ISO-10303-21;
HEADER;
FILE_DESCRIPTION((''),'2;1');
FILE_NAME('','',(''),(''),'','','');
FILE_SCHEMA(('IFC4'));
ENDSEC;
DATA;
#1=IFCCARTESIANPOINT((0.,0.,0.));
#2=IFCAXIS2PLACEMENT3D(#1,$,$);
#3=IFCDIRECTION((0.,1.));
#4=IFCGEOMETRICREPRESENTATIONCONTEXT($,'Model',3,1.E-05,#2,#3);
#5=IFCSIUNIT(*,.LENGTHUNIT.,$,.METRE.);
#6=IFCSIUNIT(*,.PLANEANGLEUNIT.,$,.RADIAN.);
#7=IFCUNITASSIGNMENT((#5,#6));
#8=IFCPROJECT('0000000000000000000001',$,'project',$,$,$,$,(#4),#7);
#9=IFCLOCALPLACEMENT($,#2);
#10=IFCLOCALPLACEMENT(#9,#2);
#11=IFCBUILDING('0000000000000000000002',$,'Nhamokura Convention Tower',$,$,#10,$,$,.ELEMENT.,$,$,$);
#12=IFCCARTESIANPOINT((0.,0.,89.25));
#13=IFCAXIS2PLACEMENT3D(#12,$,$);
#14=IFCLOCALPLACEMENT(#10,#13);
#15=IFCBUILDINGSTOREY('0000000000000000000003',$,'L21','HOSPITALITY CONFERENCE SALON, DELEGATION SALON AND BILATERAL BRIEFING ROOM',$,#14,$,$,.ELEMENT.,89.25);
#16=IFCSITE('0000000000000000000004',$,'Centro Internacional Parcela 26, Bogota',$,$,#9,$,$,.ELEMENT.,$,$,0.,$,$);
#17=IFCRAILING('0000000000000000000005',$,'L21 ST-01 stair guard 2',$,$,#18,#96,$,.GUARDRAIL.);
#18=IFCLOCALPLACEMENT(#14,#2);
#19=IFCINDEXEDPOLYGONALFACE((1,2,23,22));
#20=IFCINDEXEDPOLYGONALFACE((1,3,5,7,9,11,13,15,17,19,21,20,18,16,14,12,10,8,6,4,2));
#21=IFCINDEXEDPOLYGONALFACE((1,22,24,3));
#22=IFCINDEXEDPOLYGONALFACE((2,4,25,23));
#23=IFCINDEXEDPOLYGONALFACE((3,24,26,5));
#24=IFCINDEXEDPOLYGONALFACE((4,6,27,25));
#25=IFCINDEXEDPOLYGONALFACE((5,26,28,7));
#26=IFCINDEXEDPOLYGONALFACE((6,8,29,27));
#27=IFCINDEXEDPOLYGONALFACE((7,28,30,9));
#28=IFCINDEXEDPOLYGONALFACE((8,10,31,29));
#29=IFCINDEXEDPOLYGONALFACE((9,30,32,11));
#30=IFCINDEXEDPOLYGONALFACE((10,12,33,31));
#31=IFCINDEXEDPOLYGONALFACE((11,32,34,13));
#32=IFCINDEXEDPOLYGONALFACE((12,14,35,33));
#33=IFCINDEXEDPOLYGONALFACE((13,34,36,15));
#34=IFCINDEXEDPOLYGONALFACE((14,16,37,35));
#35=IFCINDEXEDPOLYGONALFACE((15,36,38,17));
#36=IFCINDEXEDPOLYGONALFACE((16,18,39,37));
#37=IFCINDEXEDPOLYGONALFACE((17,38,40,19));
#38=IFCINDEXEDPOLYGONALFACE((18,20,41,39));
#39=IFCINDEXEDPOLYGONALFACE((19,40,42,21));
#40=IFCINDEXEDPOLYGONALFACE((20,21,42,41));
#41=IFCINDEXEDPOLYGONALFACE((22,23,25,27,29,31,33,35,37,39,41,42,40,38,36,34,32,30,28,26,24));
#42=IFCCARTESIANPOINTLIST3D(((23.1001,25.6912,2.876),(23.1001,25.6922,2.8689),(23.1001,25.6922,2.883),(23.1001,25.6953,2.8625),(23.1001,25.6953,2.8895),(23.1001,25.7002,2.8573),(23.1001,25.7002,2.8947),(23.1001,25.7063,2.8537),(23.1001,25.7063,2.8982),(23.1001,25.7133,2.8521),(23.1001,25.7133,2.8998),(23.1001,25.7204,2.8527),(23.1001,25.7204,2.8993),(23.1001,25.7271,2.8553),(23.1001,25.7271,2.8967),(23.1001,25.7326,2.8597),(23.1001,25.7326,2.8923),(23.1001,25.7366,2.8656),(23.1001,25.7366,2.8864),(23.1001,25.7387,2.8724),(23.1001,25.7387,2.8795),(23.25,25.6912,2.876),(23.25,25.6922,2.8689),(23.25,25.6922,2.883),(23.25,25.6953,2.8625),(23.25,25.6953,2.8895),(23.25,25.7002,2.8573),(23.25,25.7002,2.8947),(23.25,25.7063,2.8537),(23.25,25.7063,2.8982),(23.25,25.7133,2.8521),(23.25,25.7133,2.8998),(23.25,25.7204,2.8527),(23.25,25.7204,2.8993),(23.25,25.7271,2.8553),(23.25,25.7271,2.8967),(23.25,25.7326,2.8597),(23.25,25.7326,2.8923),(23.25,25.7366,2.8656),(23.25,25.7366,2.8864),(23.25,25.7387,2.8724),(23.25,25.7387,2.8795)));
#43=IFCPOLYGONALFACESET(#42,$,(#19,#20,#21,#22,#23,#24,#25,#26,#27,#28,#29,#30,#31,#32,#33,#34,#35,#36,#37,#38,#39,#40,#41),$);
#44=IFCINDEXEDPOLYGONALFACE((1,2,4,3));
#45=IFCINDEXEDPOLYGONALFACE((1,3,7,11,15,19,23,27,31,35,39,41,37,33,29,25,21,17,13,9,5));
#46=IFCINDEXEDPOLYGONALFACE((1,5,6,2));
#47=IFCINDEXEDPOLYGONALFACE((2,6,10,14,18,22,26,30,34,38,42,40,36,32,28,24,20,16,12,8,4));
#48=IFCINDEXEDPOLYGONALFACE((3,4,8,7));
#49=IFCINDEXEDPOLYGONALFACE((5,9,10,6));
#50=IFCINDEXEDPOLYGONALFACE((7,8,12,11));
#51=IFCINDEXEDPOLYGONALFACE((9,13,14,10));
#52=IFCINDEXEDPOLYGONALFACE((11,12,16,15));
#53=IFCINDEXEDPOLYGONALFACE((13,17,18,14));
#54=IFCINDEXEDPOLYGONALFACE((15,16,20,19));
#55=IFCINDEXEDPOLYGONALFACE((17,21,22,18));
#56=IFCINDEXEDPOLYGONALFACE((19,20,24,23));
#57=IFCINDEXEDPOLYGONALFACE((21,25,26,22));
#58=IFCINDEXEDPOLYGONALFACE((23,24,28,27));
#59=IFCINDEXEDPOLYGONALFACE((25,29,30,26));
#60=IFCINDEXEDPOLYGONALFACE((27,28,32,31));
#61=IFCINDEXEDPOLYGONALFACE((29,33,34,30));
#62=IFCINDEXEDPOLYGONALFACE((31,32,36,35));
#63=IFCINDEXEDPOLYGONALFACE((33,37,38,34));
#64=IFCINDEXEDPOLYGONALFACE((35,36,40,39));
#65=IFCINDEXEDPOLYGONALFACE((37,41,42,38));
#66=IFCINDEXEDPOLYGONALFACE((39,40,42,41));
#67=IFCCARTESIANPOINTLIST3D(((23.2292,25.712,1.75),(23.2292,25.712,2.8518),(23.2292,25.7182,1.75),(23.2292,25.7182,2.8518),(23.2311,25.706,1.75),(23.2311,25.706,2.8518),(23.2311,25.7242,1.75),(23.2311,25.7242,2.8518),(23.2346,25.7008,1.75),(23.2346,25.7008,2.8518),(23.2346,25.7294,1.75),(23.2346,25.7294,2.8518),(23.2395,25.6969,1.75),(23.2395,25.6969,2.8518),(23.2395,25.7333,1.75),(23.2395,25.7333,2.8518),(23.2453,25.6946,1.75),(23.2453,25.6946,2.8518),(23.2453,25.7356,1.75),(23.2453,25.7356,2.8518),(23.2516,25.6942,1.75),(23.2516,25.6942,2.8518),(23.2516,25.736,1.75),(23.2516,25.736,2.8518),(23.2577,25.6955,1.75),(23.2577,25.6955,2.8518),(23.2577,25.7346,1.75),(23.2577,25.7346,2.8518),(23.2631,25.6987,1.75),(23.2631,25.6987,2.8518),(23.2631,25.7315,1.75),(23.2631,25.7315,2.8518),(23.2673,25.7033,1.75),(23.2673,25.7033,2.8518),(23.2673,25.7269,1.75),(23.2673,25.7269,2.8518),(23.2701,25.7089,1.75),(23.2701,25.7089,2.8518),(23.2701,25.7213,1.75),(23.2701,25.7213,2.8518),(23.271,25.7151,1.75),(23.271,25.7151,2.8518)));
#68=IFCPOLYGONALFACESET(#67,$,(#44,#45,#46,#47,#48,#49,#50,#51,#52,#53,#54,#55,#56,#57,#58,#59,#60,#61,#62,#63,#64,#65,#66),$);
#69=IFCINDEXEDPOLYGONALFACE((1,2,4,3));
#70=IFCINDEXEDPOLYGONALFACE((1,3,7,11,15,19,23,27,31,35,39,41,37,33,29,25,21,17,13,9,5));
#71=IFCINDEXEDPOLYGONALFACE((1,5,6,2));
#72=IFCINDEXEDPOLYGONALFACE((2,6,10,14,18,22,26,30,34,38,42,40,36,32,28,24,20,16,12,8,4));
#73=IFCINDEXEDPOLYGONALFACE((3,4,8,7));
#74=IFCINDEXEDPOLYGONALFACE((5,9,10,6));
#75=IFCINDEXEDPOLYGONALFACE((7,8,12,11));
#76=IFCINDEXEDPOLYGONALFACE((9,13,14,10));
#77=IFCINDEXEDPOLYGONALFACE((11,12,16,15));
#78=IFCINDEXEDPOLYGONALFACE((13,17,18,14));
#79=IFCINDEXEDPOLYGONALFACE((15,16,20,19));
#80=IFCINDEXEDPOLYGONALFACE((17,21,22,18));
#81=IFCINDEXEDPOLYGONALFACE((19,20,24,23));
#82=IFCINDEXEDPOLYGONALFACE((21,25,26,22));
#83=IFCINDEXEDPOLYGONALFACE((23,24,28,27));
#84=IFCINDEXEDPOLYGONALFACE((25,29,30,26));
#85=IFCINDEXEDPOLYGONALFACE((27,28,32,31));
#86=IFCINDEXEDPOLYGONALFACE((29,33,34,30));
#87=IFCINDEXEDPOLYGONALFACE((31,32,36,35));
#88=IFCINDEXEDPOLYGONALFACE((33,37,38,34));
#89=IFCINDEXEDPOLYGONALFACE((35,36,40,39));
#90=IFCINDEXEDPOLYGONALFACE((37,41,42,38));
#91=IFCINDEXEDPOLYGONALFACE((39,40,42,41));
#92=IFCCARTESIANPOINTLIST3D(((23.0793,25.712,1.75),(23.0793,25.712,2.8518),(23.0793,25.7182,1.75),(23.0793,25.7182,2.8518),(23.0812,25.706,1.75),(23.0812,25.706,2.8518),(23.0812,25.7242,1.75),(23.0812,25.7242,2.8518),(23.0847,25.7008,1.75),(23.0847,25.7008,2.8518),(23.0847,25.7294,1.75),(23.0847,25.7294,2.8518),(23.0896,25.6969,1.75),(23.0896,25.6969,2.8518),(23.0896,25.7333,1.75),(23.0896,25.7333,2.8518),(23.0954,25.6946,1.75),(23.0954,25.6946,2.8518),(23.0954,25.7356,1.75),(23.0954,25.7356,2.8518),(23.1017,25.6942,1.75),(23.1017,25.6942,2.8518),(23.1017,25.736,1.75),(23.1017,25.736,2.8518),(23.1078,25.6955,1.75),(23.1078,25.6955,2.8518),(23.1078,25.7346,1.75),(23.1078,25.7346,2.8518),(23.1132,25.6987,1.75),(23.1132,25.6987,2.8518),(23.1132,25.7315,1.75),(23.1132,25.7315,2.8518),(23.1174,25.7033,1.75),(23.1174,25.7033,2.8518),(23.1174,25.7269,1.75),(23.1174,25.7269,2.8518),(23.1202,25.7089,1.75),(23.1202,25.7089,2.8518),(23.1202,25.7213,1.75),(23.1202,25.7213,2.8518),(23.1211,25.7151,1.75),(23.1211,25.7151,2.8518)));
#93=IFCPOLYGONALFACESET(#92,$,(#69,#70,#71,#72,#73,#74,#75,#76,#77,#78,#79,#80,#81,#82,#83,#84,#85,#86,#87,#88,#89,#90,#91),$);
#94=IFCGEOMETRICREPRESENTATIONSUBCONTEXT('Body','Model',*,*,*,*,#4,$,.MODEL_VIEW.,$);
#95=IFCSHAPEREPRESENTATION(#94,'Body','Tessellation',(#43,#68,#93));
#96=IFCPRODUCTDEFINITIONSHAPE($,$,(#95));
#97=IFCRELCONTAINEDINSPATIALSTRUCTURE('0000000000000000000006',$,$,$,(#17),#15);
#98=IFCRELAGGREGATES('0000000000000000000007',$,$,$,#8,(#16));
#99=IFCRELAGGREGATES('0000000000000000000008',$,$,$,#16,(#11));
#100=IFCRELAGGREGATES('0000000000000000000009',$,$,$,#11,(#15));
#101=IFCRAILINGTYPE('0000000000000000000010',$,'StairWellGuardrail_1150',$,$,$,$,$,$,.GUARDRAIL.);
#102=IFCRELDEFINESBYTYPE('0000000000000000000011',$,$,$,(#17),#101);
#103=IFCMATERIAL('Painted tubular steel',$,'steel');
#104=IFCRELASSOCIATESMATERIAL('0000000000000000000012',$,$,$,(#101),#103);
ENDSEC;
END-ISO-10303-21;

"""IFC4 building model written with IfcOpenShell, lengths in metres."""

from ifc_helpers import new_model, si_unit, direction, frame, origin, origin_2d, place, context, subcontext, project, spatial, circle, extrude, material, type_object, element, save


model = new_model("IFC4")

# Units and contexts
model_context = context("Model", 3, precision=1e-05, world=origin(), true_north=direction((0.0, 1.0)))
body_context = subcontext(model_context, "Body", "Model", "MODEL_VIEW")
ifc_project = project(units=[si_unit("LENGTHUNIT", "METRE"), si_unit("PLANEANGLEUNIT", "RADIAN")], contexts=[model_context])

# Site, building, storey
site_placement = place(None, origin())
site = spatial("IfcSite", under=ifc_project, at=site_placement, Name="Centro Internacional Parcela 26, Bogota", CompositionType="ELEMENT", RefElevation=0.0)
building_placement = place(site_placement, origin())
building = spatial("IfcBuilding", under=site, at=building_placement, Name="Nhamokura Convention Tower", CompositionType="ELEMENT")
storey_placement = place(building_placement, frame((0.0, 0.0, 89.25)))
storey = spatial("IfcBuildingStorey", under=building, at=storey_placement, Name="L21", Description="HOSPITALITY CONFERENCE SALON, DELEGATION SALON AND BILATERAL BRIEFING ROOM", CompositionType="ELEMENT", Elevation=89.25)

# Railing
ifc_material_1 = material(Name="Painted tubular steel", Category="steel")
railing_type_1 = type_object("IfcRailingType", Name="StairWellGuardrail_1150", PredefinedType="GUARDRAIL", material=ifc_material_1)
railing_1_placement = place(storey_placement, frame((23.25, 25.7151, 1.75)))
element("IfcRailing", 1, at=railing_1_placement, inside=storey, type_object=railing_type_1, Name="L21 ST-01 stair guard 2", PredefinedType="GUARDRAIL", context=body_context, shape_type="SweptSolid", body=[
    extrude(circle(Radius=0.0239, at=origin_2d()), frame((0.0, 0.0, 1.126), z_axis=(-1.0, 0.0, 0.0), x_axis=(0.0, -1.0, 0.0)), (0.0, 0.0, 1.0), 0.1499),
    extrude(circle(Radius=0.021, at=origin_2d()), origin(), (0.0, 0.0, 1.0), 1.1018),
    extrude(circle(Radius=0.021, at=origin_2d()), frame((-0.1499, 0.0, 0.0)), (0.0, 0.0, 1.0), 1.1018),
])

save(model, "model.ifc")
